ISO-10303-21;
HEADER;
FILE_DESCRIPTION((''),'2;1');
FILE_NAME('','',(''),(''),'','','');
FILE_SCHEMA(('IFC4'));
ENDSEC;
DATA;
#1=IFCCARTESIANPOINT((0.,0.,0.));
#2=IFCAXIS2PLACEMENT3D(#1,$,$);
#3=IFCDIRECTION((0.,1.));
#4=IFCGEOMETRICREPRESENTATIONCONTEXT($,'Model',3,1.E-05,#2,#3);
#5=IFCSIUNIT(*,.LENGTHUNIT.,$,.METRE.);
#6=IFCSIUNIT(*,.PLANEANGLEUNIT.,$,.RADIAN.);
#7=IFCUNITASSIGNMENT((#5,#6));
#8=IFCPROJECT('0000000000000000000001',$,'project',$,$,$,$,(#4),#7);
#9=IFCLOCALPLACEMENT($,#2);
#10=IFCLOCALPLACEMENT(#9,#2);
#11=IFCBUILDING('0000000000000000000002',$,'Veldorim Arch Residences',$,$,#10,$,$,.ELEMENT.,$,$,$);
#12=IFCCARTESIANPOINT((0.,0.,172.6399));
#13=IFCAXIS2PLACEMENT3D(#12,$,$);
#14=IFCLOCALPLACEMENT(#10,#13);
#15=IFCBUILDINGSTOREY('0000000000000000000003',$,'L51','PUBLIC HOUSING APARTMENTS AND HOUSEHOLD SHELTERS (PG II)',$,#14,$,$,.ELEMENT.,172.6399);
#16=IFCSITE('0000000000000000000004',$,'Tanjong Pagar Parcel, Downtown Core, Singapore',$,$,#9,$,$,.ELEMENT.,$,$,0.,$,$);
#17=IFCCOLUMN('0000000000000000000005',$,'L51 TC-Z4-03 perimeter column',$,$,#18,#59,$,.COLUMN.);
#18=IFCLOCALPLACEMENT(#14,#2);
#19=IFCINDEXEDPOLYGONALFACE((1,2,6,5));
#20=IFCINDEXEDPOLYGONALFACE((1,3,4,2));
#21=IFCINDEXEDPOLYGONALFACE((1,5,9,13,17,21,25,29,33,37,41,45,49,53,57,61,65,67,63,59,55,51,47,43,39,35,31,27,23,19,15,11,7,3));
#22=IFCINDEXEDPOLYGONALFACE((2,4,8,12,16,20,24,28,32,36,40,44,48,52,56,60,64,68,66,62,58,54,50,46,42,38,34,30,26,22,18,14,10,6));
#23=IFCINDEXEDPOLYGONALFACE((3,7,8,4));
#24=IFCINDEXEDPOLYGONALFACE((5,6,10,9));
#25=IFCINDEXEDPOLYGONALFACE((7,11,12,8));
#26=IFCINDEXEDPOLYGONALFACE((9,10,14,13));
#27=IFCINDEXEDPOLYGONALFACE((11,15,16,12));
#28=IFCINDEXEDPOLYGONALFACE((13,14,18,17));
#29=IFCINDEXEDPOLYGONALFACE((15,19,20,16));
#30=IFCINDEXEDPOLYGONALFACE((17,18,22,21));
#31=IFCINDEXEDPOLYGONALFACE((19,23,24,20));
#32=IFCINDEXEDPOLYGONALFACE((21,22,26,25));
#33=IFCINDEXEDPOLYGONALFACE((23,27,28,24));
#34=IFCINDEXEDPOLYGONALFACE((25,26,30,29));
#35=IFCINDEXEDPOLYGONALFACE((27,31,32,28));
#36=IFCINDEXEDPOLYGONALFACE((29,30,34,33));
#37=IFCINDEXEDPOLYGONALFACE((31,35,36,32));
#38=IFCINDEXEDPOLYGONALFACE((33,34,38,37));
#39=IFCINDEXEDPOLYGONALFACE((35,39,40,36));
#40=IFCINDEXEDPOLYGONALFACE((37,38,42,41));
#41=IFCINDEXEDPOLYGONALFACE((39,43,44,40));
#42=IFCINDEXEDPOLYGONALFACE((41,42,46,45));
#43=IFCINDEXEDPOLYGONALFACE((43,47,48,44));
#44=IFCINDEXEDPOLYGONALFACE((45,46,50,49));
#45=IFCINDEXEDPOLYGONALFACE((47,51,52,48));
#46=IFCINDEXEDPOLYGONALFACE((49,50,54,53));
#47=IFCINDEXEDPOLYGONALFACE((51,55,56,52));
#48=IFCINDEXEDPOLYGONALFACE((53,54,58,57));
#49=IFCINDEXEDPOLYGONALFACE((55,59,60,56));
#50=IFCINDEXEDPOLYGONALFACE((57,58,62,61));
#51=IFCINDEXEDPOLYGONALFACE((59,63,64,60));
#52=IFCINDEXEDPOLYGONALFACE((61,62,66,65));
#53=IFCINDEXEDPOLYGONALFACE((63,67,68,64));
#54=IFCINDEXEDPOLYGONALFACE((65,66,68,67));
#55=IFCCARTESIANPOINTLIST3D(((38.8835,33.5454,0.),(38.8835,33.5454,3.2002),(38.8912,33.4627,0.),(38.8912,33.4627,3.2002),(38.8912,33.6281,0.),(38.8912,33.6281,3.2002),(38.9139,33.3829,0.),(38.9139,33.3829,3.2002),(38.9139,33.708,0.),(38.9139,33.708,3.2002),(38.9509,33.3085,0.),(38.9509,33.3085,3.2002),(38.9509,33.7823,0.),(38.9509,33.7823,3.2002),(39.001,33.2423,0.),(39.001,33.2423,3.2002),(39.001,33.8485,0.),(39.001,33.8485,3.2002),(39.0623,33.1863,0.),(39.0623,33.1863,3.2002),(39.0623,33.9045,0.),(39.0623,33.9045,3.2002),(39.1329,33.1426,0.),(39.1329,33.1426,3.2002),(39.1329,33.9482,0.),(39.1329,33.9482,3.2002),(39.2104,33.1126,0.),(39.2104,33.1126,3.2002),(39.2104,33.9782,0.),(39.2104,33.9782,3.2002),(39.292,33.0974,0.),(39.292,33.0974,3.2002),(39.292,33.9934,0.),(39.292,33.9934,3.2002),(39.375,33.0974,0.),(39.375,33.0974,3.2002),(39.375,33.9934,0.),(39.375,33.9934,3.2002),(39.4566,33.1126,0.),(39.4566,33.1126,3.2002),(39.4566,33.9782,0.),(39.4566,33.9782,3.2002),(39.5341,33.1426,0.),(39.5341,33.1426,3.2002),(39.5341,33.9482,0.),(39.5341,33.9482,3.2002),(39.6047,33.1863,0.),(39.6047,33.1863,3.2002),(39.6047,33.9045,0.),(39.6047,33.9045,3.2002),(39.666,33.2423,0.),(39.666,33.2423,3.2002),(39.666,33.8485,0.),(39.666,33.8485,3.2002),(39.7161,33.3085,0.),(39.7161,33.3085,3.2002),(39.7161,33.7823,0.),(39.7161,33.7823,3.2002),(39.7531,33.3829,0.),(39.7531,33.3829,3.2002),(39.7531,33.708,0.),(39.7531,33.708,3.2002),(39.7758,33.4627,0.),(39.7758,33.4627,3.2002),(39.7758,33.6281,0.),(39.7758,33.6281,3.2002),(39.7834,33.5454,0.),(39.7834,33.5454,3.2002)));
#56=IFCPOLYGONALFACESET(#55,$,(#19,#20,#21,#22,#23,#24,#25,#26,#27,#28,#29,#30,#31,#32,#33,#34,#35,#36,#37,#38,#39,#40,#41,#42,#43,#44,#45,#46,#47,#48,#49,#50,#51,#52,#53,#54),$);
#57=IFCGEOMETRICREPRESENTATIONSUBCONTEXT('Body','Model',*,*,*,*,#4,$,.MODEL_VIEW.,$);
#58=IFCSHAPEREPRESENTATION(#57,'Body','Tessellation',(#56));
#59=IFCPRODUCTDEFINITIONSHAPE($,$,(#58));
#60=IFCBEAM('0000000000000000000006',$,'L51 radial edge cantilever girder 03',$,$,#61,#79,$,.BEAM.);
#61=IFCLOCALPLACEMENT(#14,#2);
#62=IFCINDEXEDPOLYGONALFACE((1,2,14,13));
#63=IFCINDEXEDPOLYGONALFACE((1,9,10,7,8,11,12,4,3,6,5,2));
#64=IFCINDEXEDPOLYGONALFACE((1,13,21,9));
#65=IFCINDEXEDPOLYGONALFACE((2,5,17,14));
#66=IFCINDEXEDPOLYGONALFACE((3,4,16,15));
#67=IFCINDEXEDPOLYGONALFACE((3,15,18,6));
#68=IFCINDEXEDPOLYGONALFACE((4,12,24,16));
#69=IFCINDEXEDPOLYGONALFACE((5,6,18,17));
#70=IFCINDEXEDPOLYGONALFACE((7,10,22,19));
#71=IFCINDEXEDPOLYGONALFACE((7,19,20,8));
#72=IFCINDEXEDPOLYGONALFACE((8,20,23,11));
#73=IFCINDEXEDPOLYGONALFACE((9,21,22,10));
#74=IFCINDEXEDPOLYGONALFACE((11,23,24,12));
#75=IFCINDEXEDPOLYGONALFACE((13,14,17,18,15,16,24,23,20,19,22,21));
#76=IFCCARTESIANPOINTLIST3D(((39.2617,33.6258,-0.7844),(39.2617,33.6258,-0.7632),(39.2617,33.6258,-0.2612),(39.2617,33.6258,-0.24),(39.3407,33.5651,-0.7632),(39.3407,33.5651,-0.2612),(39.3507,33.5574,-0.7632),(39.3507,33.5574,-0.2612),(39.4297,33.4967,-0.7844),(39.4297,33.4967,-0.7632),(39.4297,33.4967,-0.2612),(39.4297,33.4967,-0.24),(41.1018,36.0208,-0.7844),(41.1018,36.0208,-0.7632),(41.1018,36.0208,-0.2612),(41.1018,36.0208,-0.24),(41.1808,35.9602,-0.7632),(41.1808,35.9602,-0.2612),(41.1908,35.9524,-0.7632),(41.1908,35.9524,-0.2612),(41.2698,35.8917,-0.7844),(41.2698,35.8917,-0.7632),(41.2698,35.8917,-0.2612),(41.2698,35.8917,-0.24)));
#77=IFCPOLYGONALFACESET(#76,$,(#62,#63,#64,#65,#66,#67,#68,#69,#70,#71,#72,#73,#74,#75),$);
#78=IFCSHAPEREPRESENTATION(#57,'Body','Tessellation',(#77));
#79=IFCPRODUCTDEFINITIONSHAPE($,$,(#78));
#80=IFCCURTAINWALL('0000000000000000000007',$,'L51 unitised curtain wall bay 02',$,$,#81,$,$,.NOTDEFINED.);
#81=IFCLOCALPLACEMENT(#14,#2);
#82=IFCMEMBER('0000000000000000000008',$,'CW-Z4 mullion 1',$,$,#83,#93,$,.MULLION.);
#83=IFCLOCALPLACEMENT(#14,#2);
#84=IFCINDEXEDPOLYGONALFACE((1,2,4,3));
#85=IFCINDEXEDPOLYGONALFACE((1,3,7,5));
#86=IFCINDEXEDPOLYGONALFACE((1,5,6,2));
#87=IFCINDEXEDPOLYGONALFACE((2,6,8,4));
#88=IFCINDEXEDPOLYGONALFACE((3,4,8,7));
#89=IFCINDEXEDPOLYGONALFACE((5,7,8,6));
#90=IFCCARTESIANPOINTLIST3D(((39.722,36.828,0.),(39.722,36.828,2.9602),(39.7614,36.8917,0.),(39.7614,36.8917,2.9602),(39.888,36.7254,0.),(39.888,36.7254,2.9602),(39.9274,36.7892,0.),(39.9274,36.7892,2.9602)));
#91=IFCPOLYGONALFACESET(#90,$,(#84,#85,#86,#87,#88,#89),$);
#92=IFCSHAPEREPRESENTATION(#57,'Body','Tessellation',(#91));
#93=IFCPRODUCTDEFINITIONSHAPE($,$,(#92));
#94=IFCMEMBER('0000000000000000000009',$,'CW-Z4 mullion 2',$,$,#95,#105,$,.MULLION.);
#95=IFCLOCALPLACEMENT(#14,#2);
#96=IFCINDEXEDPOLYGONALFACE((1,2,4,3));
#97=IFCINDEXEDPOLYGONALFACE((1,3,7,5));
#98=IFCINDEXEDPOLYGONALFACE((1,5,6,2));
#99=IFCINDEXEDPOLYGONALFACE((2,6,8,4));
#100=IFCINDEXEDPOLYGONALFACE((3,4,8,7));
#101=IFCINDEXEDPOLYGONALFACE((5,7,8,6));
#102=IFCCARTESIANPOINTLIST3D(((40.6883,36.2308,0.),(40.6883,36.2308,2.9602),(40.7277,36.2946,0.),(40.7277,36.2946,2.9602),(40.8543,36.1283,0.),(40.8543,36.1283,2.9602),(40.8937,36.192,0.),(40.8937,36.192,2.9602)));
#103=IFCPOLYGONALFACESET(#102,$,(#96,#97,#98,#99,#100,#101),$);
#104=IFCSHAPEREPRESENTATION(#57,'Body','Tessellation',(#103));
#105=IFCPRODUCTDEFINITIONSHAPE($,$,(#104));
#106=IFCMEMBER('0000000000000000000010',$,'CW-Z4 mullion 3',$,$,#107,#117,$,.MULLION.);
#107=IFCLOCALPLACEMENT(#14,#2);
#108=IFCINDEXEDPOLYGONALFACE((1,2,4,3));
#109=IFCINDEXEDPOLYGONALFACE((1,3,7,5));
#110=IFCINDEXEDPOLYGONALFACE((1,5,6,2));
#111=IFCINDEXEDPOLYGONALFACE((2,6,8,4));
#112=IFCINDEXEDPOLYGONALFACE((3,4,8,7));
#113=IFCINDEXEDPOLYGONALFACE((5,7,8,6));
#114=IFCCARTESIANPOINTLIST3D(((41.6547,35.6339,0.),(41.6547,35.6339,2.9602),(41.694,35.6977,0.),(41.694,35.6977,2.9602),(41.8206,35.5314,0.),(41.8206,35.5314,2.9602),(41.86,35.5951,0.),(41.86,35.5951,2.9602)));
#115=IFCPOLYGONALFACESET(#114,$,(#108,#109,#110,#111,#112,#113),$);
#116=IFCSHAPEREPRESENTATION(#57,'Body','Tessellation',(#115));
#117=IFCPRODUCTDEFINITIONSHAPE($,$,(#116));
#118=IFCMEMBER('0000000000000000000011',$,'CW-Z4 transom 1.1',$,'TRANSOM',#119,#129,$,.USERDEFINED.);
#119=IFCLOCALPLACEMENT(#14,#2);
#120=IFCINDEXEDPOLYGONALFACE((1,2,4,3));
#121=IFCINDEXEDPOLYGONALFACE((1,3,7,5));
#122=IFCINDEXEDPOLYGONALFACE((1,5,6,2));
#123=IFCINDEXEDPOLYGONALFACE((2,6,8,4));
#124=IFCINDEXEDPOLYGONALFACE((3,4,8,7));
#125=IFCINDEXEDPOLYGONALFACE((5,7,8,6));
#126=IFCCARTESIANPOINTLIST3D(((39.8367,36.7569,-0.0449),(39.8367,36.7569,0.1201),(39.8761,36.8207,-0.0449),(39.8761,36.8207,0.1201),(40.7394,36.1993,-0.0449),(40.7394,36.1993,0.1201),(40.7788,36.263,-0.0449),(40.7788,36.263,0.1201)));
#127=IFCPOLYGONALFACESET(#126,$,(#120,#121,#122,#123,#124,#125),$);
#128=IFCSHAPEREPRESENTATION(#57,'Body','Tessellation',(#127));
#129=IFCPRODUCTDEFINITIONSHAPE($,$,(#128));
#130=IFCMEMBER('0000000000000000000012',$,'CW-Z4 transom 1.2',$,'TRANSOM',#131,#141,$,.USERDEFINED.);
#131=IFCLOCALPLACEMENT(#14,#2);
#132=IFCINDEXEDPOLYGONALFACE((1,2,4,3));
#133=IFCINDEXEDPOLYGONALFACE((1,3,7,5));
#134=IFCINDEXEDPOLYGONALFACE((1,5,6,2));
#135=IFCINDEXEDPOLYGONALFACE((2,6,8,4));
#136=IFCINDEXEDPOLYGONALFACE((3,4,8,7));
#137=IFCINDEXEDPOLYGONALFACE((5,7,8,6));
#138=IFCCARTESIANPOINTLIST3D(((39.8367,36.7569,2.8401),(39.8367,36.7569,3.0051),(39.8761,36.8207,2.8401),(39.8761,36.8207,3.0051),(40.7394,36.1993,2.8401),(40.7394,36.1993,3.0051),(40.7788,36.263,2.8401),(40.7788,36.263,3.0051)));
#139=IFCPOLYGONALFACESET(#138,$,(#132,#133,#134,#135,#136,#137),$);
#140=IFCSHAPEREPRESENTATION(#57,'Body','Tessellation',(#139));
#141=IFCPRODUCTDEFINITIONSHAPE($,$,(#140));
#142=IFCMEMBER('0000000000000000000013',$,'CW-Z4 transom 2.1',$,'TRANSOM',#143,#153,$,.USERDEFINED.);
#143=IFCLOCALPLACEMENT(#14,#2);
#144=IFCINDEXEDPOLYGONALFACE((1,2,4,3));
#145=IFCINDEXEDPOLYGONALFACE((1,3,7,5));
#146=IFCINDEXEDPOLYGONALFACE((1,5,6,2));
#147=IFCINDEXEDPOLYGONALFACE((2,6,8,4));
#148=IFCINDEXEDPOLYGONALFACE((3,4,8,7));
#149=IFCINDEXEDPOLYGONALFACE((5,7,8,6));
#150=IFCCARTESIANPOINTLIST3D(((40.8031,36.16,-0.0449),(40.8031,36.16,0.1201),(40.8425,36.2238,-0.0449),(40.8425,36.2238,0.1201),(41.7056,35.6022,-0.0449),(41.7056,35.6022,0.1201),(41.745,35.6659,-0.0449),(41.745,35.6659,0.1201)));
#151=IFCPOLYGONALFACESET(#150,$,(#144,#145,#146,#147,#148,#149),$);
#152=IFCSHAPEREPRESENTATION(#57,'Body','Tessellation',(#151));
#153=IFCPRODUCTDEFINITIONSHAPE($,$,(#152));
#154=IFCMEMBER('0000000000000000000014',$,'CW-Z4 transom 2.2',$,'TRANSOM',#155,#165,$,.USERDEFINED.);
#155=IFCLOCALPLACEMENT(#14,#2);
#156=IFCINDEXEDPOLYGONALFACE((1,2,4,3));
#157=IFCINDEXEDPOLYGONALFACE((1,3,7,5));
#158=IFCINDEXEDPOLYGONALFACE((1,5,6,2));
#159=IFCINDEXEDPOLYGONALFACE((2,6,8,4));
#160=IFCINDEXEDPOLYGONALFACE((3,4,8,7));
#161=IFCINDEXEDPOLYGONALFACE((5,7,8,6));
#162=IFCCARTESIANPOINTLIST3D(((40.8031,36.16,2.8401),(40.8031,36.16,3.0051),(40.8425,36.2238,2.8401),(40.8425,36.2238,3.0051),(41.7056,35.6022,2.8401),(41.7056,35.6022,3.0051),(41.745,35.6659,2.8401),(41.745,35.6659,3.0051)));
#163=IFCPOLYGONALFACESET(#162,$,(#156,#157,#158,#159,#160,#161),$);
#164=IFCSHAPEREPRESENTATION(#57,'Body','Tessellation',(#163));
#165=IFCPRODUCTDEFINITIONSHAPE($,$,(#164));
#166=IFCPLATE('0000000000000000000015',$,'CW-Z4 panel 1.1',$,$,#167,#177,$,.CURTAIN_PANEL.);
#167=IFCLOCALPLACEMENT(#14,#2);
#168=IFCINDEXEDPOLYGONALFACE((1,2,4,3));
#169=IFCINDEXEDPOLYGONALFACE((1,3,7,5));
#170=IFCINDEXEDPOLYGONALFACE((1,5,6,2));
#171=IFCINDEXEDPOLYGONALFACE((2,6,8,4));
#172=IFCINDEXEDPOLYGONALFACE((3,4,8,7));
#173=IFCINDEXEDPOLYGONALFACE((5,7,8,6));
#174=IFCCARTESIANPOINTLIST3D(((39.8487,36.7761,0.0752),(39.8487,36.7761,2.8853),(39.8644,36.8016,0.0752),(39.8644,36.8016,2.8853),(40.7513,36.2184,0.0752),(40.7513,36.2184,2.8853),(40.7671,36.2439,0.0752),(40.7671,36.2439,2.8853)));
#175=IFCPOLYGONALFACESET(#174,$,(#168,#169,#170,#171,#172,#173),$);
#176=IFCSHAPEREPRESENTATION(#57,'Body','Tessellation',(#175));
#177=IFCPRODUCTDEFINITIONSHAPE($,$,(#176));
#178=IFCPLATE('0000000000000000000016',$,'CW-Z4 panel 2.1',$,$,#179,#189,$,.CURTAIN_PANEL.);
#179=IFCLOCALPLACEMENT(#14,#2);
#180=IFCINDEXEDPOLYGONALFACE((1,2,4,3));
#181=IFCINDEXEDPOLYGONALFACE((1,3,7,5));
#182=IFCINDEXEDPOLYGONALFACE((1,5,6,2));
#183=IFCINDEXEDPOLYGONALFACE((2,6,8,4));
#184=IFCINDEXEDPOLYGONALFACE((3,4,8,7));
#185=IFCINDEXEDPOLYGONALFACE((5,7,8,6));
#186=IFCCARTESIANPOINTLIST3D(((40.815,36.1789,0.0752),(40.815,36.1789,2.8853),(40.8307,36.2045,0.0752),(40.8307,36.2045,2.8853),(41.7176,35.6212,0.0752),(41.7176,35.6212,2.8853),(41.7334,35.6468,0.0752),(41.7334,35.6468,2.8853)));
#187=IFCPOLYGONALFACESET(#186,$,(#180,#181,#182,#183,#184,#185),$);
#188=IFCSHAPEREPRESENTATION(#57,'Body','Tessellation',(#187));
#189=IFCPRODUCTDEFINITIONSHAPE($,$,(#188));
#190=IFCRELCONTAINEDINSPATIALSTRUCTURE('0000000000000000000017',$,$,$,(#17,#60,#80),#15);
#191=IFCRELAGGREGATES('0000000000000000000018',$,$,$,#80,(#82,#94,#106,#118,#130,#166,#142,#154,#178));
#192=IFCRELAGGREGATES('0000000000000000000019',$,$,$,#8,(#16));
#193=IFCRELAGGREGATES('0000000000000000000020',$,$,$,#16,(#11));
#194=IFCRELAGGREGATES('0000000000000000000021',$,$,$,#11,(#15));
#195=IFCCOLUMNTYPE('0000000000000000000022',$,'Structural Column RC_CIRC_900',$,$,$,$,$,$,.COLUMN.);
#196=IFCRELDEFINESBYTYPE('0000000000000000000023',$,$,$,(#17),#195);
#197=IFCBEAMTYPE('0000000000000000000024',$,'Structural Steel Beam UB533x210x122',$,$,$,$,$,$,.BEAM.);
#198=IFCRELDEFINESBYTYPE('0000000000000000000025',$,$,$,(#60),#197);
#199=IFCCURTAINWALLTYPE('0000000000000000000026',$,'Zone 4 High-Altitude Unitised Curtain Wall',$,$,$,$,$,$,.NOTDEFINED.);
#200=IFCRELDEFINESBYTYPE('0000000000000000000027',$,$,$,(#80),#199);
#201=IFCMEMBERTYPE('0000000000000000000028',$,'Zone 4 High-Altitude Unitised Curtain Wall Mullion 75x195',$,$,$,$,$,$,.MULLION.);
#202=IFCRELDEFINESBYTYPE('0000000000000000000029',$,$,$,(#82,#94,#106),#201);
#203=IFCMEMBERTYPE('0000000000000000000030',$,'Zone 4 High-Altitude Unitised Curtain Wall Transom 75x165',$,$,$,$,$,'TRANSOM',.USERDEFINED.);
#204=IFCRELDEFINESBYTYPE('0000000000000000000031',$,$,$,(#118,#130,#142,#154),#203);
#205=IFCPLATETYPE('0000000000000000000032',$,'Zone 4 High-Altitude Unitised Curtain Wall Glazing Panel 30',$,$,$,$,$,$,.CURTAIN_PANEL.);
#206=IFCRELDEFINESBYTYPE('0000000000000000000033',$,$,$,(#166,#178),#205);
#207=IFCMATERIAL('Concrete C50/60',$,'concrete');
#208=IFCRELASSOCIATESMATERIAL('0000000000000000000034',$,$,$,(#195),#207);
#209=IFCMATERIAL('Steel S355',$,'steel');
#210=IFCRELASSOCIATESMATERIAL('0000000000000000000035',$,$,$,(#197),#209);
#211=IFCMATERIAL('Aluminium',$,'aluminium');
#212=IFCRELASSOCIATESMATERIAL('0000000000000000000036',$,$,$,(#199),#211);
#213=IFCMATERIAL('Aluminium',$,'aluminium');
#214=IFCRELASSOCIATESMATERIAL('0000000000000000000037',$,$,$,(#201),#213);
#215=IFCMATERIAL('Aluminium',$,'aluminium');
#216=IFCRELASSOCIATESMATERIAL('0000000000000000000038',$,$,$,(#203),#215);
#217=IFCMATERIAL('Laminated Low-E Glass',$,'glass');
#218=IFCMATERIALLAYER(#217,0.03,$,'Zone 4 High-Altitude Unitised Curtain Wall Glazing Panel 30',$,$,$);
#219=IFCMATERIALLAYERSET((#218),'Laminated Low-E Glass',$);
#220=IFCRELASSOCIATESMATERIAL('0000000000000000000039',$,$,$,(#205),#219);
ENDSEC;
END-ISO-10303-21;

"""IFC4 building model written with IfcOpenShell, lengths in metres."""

from ifc_helpers import new_model, si_unit, direction, frame, origin, origin_2d, place, context, subcontext, project, spatial, rectangle, circle, i_section, extrude, material, layer, layer_set, material_profile, profile_set, type_object, element, aggregate, save


model = new_model("IFC4")

# Units and contexts
model_context = context("Model", 3, precision=1e-05, world=origin(), true_north=direction((0.0, 1.0)))
body_context = subcontext(model_context, "Body", "Model", "MODEL_VIEW")
ifc_project = project(units=[si_unit("LENGTHUNIT", "METRE"), si_unit("PLANEANGLEUNIT", "RADIAN")], contexts=[model_context])

# Site, building, storey
site_placement = place(None, origin())
site = spatial("IfcSite", under=ifc_project, at=site_placement, Name="Tanjong Pagar Parcel, Downtown Core, Singapore", CompositionType="ELEMENT", RefElevation=0.0)
building_placement = place(site_placement, origin())
building = spatial("IfcBuilding", under=site, at=building_placement, Name="Veldorim Arch Residences", CompositionType="ELEMENT")
storey_placement = place(building_placement, frame((0.0, 0.0, 172.6399)))
storey = spatial("IfcBuildingStorey", under=building, at=storey_placement, Name="L51", Description="PUBLIC HOUSING APARTMENTS AND HOUSEHOLD SHELTERS (PG II)", CompositionType="ELEMENT", Elevation=172.6399)

# Column
ifc_material_1 = material(Name="Concrete C50/60", Category="concrete")
ifc_material_profile_1 = material_profile(ifc_material_1, circle(Radius=0.45, at=origin_2d()), Name="RC_CIRC_900")
ifc_profile_set_1 = profile_set([ifc_material_profile_1], Name="Concrete C50/60")
column_type = type_object("IfcColumnType", Name="Structural Column RC_CIRC_900", PredefinedType="COLUMN", material=ifc_profile_set_1)
column_placement = place(storey_placement, frame((39.3335, 33.5454, 0.0), z_axis=(0.0, 0.0, 1.0), x_axis=(1.0, 0.0, 0.0)))
element("IfcColumn", 1, at=column_placement, inside=storey, type_object=column_type, Name="L51 TC-Z4-03 perimeter column", PredefinedType="COLUMN", context=body_context, shape_type="SweptSolid", body=[
    extrude(circle(Radius=0.45, at=origin_2d()), origin(), (0.0, 0.0, 1.0), 3.2002),
])

# Beam
ifc_material_2 = material(Name="Steel S355", Category="steel")
ifc_material_profile_2 = material_profile(ifc_material_2, i_section(OverallWidth=0.2119, OverallDepth=0.5444, WebThickness=0.0127, FlangeThickness=0.0212, at=origin_2d()), Name="UB533x210x122")
ifc_profile_set_2 = profile_set([ifc_material_profile_2], Name="Steel S355")
beam_type = type_object("IfcBeamType", Name="Structural Steel Beam UB533x210x122", PredefinedType="BEAM", material=ifc_profile_set_2)
beam_placement = place(storey_placement, frame((39.3457, 33.5613, -0.5122), z_axis=(0.609246, 0.792981, 0.0), x_axis=(-0.792981, 0.609246, 0.0)))
element("IfcBeam", 2, at=beam_placement, inside=storey, type_object=beam_type, Name="L51 radial edge cantilever girder 03", PredefinedType="BEAM", context=body_context, shape_type="SweptSolid", body=[
    extrude(i_section(OverallWidth=0.2119, OverallDepth=0.5444, WebThickness=0.0127, FlangeThickness=0.0212, at=origin_2d()), origin(), (0.0, 0.0, 1.0), 3.0203),
])

# Curtain wall, members, plates
ifc_material_3 = material(Name="Aluminium", Category="aluminium")
curtain_wall_type = type_object("IfcCurtainWallType", Name="Zone 4 High-Altitude Unitised Curtain Wall", PredefinedType="NOTDEFINED", material=ifc_material_3)
curtain_wall_placement = place(storey_placement, origin())
curtain_wall = element("IfcCurtainWall", 3, at=curtain_wall_placement, inside=storey, type_object=curtain_wall_type, Name="L51 unitised curtain wall bay 02", PredefinedType="NOTDEFINED")
ifc_material_4 = material(Name="Aluminium", Category="aluminium")
ifc_material_profile_3 = material_profile(ifc_material_4, rectangle(XDim=0.075, YDim=0.1951, at=origin_2d()), Name="ALU_MUL_75x195")
ifc_profile_set_3 = profile_set([ifc_material_profile_3], Name="Aluminium")
member_type_1 = type_object("IfcMemberType", Name="Zone 4 High-Altitude Unitised Curtain Wall Mullion 75x195", PredefinedType="MULLION", material=ifc_profile_set_3)
member_1_placement = place(storey_placement, frame((39.8247, 36.8086, 0.0), z_axis=(0.0, 0.0, 1.0), x_axis=(0.525637, 0.850709, 0.0)))
member_1 = element("IfcMember", 4, at=member_1_placement, type_object=member_type_1, Name="CW-Z4 mullion 1", PredefinedType="MULLION", context=body_context, shape_type="SweptSolid", body=[
    extrude(rectangle(XDim=0.075, YDim=0.1951, at=origin_2d()), origin(), (0.0, 0.0, 1.0), 2.9602),
])
member_2_placement = place(storey_placement, frame((40.791, 36.2114, 0.0), z_axis=(0.0, 0.0, 1.0), x_axis=(0.525637, 0.850709, 0.0)))
member_2 = element("IfcMember", 5, at=member_2_placement, type_object=member_type_1, Name="CW-Z4 mullion 2", PredefinedType="MULLION", context=body_context, shape_type="SweptSolid", body=[
    extrude(rectangle(XDim=0.075, YDim=0.1951, at=origin_2d()), origin(), (0.0, 0.0, 1.0), 2.9602),
])
member_3_placement = place(storey_placement, frame((41.7573, 35.6145, 0.0), z_axis=(0.0, 0.0, 1.0), x_axis=(0.525637, 0.850709, 0.0)))
member_3 = element("IfcMember", 6, at=member_3_placement, type_object=member_type_1, Name="CW-Z4 mullion 3", PredefinedType="MULLION", context=body_context, shape_type="SweptSolid", body=[
    extrude(rectangle(XDim=0.075, YDim=0.1951, at=origin_2d()), origin(), (0.0, 0.0, 1.0), 2.9602),
])
ifc_material_5 = material(Name="Aluminium", Category="aluminium")
ifc_material_profile_4 = material_profile(ifc_material_5, rectangle(XDim=0.075, YDim=0.165, at=origin_2d()), Name="ALU_TRN_75x165")
ifc_profile_set_4 = profile_set([ifc_material_profile_4], Name="Aluminium")
member_type_2 = type_object("IfcMemberType", Name="Zone 4 High-Altitude Unitised Curtain Wall Transom 75x165", ElementType="TRANSOM", PredefinedType="USERDEFINED", material=ifc_profile_set_4)
member_4_placement = place(storey_placement, frame((39.8564, 36.7888, 0.0376), z_axis=(0.85074, -0.525586, 0.0), x_axis=(0.525586, 0.85074, 0.0)))
member_4 = element("IfcMember", 7, at=member_4_placement, type_object=member_type_2, Name="CW-Z4 transom 1.1", ObjectType="TRANSOM", PredefinedType="USERDEFINED", context=body_context, shape_type="SweptSolid", body=[
    extrude(rectangle(XDim=0.075, YDim=0.165, at=origin_2d()), origin(), (0.0, 0.0, 1.0), 1.061),
])
member_5_placement = place(storey_placement, frame((39.8564, 36.7888, 2.9226), z_axis=(0.85074, -0.525586, 0.0), x_axis=(0.525586, 0.85074, 0.0)))
member_5 = element("IfcMember", 8, at=member_5_placement, type_object=member_type_2, Name="CW-Z4 transom 1.2", ObjectType="TRANSOM", PredefinedType="USERDEFINED", context=body_context, shape_type="SweptSolid", body=[
    extrude(rectangle(XDim=0.075, YDim=0.165, at=origin_2d()), origin(), (0.0, 0.0, 1.0), 1.061),
])
member_6_placement = place(storey_placement, frame((40.8228, 36.1919, 0.0376), z_axis=(0.850638, -0.525752, 0.0), x_axis=(0.525752, 0.850638, 0.0)))
member_6 = element("IfcMember", 9, at=member_6_placement, type_object=member_type_2, Name="CW-Z4 transom 2.1", ObjectType="TRANSOM", PredefinedType="USERDEFINED", context=body_context, shape_type="SweptSolid", body=[
    extrude(rectangle(XDim=0.075, YDim=0.165, at=origin_2d()), origin(), (0.0, 0.0, 1.0), 1.061),
])
member_7_placement = place(storey_placement, frame((40.8228, 36.1919, 2.9226), z_axis=(0.850638, -0.525752, 0.0), x_axis=(0.525752, 0.850638, 0.0)))
member_7 = element("IfcMember", 10, at=member_7_placement, type_object=member_type_2, Name="CW-Z4 transom 2.2", ObjectType="TRANSOM", PredefinedType="USERDEFINED", context=body_context, shape_type="SweptSolid", body=[
    extrude(rectangle(XDim=0.075, YDim=0.165, at=origin_2d()), origin(), (0.0, 0.0, 1.0), 1.061),
])
ifc_material_6 = material(Name="Laminated Low-E Glass", Category="glass")
ifc_layer_1 = layer(ifc_material_6, 0.03, Name="Zone 4 High-Altitude Unitised Curtain Wall Glazing Panel 30")
ifc_layer_set_1 = layer_set([ifc_layer_1], Name="Laminated Low-E Glass")
plate_type = type_object("IfcPlateType", Name="Zone 4 High-Altitude Unitised Curtain Wall Glazing Panel 30", PredefinedType="CURTAIN_PANEL", material=ifc_layer_set_1)
plate_1_placement = place(storey_placement, frame((40.3079, 36.51, 0.0752), z_axis=(0.0, 0.0, 1.0), x_axis=(0.850709, -0.525637, 0.0)))
plate_1 = element("IfcPlate", 11, at=plate_1_placement, type_object=plate_type, Name="CW-Z4 panel 1.1", PredefinedType="CURTAIN_PANEL", context=body_context, shape_type="SweptSolid", body=[
    extrude(rectangle(XDim=1.061, YDim=0.03, at=origin_2d()), origin(), (0.0, 0.0, 1.0), 2.8101),
])
plate_2_placement = place(storey_placement, frame((41.2742, 35.9128, 0.0752), z_axis=(0.0, 0.0, 1.0), x_axis=(0.850709, -0.525637, 0.0)))
plate_2 = element("IfcPlate", 12, at=plate_2_placement, type_object=plate_type, Name="CW-Z4 panel 2.1", PredefinedType="CURTAIN_PANEL", context=body_context, shape_type="SweptSolid", body=[
    extrude(rectangle(XDim=1.061, YDim=0.03, at=origin_2d()), origin(), (0.0, 0.0, 1.0), 2.8101),
])
aggregate(curtain_wall, [member_1, member_2, member_3, member_4, member_5, plate_1, member_6, member_7, plate_2])

save(model, "model.ifc")
